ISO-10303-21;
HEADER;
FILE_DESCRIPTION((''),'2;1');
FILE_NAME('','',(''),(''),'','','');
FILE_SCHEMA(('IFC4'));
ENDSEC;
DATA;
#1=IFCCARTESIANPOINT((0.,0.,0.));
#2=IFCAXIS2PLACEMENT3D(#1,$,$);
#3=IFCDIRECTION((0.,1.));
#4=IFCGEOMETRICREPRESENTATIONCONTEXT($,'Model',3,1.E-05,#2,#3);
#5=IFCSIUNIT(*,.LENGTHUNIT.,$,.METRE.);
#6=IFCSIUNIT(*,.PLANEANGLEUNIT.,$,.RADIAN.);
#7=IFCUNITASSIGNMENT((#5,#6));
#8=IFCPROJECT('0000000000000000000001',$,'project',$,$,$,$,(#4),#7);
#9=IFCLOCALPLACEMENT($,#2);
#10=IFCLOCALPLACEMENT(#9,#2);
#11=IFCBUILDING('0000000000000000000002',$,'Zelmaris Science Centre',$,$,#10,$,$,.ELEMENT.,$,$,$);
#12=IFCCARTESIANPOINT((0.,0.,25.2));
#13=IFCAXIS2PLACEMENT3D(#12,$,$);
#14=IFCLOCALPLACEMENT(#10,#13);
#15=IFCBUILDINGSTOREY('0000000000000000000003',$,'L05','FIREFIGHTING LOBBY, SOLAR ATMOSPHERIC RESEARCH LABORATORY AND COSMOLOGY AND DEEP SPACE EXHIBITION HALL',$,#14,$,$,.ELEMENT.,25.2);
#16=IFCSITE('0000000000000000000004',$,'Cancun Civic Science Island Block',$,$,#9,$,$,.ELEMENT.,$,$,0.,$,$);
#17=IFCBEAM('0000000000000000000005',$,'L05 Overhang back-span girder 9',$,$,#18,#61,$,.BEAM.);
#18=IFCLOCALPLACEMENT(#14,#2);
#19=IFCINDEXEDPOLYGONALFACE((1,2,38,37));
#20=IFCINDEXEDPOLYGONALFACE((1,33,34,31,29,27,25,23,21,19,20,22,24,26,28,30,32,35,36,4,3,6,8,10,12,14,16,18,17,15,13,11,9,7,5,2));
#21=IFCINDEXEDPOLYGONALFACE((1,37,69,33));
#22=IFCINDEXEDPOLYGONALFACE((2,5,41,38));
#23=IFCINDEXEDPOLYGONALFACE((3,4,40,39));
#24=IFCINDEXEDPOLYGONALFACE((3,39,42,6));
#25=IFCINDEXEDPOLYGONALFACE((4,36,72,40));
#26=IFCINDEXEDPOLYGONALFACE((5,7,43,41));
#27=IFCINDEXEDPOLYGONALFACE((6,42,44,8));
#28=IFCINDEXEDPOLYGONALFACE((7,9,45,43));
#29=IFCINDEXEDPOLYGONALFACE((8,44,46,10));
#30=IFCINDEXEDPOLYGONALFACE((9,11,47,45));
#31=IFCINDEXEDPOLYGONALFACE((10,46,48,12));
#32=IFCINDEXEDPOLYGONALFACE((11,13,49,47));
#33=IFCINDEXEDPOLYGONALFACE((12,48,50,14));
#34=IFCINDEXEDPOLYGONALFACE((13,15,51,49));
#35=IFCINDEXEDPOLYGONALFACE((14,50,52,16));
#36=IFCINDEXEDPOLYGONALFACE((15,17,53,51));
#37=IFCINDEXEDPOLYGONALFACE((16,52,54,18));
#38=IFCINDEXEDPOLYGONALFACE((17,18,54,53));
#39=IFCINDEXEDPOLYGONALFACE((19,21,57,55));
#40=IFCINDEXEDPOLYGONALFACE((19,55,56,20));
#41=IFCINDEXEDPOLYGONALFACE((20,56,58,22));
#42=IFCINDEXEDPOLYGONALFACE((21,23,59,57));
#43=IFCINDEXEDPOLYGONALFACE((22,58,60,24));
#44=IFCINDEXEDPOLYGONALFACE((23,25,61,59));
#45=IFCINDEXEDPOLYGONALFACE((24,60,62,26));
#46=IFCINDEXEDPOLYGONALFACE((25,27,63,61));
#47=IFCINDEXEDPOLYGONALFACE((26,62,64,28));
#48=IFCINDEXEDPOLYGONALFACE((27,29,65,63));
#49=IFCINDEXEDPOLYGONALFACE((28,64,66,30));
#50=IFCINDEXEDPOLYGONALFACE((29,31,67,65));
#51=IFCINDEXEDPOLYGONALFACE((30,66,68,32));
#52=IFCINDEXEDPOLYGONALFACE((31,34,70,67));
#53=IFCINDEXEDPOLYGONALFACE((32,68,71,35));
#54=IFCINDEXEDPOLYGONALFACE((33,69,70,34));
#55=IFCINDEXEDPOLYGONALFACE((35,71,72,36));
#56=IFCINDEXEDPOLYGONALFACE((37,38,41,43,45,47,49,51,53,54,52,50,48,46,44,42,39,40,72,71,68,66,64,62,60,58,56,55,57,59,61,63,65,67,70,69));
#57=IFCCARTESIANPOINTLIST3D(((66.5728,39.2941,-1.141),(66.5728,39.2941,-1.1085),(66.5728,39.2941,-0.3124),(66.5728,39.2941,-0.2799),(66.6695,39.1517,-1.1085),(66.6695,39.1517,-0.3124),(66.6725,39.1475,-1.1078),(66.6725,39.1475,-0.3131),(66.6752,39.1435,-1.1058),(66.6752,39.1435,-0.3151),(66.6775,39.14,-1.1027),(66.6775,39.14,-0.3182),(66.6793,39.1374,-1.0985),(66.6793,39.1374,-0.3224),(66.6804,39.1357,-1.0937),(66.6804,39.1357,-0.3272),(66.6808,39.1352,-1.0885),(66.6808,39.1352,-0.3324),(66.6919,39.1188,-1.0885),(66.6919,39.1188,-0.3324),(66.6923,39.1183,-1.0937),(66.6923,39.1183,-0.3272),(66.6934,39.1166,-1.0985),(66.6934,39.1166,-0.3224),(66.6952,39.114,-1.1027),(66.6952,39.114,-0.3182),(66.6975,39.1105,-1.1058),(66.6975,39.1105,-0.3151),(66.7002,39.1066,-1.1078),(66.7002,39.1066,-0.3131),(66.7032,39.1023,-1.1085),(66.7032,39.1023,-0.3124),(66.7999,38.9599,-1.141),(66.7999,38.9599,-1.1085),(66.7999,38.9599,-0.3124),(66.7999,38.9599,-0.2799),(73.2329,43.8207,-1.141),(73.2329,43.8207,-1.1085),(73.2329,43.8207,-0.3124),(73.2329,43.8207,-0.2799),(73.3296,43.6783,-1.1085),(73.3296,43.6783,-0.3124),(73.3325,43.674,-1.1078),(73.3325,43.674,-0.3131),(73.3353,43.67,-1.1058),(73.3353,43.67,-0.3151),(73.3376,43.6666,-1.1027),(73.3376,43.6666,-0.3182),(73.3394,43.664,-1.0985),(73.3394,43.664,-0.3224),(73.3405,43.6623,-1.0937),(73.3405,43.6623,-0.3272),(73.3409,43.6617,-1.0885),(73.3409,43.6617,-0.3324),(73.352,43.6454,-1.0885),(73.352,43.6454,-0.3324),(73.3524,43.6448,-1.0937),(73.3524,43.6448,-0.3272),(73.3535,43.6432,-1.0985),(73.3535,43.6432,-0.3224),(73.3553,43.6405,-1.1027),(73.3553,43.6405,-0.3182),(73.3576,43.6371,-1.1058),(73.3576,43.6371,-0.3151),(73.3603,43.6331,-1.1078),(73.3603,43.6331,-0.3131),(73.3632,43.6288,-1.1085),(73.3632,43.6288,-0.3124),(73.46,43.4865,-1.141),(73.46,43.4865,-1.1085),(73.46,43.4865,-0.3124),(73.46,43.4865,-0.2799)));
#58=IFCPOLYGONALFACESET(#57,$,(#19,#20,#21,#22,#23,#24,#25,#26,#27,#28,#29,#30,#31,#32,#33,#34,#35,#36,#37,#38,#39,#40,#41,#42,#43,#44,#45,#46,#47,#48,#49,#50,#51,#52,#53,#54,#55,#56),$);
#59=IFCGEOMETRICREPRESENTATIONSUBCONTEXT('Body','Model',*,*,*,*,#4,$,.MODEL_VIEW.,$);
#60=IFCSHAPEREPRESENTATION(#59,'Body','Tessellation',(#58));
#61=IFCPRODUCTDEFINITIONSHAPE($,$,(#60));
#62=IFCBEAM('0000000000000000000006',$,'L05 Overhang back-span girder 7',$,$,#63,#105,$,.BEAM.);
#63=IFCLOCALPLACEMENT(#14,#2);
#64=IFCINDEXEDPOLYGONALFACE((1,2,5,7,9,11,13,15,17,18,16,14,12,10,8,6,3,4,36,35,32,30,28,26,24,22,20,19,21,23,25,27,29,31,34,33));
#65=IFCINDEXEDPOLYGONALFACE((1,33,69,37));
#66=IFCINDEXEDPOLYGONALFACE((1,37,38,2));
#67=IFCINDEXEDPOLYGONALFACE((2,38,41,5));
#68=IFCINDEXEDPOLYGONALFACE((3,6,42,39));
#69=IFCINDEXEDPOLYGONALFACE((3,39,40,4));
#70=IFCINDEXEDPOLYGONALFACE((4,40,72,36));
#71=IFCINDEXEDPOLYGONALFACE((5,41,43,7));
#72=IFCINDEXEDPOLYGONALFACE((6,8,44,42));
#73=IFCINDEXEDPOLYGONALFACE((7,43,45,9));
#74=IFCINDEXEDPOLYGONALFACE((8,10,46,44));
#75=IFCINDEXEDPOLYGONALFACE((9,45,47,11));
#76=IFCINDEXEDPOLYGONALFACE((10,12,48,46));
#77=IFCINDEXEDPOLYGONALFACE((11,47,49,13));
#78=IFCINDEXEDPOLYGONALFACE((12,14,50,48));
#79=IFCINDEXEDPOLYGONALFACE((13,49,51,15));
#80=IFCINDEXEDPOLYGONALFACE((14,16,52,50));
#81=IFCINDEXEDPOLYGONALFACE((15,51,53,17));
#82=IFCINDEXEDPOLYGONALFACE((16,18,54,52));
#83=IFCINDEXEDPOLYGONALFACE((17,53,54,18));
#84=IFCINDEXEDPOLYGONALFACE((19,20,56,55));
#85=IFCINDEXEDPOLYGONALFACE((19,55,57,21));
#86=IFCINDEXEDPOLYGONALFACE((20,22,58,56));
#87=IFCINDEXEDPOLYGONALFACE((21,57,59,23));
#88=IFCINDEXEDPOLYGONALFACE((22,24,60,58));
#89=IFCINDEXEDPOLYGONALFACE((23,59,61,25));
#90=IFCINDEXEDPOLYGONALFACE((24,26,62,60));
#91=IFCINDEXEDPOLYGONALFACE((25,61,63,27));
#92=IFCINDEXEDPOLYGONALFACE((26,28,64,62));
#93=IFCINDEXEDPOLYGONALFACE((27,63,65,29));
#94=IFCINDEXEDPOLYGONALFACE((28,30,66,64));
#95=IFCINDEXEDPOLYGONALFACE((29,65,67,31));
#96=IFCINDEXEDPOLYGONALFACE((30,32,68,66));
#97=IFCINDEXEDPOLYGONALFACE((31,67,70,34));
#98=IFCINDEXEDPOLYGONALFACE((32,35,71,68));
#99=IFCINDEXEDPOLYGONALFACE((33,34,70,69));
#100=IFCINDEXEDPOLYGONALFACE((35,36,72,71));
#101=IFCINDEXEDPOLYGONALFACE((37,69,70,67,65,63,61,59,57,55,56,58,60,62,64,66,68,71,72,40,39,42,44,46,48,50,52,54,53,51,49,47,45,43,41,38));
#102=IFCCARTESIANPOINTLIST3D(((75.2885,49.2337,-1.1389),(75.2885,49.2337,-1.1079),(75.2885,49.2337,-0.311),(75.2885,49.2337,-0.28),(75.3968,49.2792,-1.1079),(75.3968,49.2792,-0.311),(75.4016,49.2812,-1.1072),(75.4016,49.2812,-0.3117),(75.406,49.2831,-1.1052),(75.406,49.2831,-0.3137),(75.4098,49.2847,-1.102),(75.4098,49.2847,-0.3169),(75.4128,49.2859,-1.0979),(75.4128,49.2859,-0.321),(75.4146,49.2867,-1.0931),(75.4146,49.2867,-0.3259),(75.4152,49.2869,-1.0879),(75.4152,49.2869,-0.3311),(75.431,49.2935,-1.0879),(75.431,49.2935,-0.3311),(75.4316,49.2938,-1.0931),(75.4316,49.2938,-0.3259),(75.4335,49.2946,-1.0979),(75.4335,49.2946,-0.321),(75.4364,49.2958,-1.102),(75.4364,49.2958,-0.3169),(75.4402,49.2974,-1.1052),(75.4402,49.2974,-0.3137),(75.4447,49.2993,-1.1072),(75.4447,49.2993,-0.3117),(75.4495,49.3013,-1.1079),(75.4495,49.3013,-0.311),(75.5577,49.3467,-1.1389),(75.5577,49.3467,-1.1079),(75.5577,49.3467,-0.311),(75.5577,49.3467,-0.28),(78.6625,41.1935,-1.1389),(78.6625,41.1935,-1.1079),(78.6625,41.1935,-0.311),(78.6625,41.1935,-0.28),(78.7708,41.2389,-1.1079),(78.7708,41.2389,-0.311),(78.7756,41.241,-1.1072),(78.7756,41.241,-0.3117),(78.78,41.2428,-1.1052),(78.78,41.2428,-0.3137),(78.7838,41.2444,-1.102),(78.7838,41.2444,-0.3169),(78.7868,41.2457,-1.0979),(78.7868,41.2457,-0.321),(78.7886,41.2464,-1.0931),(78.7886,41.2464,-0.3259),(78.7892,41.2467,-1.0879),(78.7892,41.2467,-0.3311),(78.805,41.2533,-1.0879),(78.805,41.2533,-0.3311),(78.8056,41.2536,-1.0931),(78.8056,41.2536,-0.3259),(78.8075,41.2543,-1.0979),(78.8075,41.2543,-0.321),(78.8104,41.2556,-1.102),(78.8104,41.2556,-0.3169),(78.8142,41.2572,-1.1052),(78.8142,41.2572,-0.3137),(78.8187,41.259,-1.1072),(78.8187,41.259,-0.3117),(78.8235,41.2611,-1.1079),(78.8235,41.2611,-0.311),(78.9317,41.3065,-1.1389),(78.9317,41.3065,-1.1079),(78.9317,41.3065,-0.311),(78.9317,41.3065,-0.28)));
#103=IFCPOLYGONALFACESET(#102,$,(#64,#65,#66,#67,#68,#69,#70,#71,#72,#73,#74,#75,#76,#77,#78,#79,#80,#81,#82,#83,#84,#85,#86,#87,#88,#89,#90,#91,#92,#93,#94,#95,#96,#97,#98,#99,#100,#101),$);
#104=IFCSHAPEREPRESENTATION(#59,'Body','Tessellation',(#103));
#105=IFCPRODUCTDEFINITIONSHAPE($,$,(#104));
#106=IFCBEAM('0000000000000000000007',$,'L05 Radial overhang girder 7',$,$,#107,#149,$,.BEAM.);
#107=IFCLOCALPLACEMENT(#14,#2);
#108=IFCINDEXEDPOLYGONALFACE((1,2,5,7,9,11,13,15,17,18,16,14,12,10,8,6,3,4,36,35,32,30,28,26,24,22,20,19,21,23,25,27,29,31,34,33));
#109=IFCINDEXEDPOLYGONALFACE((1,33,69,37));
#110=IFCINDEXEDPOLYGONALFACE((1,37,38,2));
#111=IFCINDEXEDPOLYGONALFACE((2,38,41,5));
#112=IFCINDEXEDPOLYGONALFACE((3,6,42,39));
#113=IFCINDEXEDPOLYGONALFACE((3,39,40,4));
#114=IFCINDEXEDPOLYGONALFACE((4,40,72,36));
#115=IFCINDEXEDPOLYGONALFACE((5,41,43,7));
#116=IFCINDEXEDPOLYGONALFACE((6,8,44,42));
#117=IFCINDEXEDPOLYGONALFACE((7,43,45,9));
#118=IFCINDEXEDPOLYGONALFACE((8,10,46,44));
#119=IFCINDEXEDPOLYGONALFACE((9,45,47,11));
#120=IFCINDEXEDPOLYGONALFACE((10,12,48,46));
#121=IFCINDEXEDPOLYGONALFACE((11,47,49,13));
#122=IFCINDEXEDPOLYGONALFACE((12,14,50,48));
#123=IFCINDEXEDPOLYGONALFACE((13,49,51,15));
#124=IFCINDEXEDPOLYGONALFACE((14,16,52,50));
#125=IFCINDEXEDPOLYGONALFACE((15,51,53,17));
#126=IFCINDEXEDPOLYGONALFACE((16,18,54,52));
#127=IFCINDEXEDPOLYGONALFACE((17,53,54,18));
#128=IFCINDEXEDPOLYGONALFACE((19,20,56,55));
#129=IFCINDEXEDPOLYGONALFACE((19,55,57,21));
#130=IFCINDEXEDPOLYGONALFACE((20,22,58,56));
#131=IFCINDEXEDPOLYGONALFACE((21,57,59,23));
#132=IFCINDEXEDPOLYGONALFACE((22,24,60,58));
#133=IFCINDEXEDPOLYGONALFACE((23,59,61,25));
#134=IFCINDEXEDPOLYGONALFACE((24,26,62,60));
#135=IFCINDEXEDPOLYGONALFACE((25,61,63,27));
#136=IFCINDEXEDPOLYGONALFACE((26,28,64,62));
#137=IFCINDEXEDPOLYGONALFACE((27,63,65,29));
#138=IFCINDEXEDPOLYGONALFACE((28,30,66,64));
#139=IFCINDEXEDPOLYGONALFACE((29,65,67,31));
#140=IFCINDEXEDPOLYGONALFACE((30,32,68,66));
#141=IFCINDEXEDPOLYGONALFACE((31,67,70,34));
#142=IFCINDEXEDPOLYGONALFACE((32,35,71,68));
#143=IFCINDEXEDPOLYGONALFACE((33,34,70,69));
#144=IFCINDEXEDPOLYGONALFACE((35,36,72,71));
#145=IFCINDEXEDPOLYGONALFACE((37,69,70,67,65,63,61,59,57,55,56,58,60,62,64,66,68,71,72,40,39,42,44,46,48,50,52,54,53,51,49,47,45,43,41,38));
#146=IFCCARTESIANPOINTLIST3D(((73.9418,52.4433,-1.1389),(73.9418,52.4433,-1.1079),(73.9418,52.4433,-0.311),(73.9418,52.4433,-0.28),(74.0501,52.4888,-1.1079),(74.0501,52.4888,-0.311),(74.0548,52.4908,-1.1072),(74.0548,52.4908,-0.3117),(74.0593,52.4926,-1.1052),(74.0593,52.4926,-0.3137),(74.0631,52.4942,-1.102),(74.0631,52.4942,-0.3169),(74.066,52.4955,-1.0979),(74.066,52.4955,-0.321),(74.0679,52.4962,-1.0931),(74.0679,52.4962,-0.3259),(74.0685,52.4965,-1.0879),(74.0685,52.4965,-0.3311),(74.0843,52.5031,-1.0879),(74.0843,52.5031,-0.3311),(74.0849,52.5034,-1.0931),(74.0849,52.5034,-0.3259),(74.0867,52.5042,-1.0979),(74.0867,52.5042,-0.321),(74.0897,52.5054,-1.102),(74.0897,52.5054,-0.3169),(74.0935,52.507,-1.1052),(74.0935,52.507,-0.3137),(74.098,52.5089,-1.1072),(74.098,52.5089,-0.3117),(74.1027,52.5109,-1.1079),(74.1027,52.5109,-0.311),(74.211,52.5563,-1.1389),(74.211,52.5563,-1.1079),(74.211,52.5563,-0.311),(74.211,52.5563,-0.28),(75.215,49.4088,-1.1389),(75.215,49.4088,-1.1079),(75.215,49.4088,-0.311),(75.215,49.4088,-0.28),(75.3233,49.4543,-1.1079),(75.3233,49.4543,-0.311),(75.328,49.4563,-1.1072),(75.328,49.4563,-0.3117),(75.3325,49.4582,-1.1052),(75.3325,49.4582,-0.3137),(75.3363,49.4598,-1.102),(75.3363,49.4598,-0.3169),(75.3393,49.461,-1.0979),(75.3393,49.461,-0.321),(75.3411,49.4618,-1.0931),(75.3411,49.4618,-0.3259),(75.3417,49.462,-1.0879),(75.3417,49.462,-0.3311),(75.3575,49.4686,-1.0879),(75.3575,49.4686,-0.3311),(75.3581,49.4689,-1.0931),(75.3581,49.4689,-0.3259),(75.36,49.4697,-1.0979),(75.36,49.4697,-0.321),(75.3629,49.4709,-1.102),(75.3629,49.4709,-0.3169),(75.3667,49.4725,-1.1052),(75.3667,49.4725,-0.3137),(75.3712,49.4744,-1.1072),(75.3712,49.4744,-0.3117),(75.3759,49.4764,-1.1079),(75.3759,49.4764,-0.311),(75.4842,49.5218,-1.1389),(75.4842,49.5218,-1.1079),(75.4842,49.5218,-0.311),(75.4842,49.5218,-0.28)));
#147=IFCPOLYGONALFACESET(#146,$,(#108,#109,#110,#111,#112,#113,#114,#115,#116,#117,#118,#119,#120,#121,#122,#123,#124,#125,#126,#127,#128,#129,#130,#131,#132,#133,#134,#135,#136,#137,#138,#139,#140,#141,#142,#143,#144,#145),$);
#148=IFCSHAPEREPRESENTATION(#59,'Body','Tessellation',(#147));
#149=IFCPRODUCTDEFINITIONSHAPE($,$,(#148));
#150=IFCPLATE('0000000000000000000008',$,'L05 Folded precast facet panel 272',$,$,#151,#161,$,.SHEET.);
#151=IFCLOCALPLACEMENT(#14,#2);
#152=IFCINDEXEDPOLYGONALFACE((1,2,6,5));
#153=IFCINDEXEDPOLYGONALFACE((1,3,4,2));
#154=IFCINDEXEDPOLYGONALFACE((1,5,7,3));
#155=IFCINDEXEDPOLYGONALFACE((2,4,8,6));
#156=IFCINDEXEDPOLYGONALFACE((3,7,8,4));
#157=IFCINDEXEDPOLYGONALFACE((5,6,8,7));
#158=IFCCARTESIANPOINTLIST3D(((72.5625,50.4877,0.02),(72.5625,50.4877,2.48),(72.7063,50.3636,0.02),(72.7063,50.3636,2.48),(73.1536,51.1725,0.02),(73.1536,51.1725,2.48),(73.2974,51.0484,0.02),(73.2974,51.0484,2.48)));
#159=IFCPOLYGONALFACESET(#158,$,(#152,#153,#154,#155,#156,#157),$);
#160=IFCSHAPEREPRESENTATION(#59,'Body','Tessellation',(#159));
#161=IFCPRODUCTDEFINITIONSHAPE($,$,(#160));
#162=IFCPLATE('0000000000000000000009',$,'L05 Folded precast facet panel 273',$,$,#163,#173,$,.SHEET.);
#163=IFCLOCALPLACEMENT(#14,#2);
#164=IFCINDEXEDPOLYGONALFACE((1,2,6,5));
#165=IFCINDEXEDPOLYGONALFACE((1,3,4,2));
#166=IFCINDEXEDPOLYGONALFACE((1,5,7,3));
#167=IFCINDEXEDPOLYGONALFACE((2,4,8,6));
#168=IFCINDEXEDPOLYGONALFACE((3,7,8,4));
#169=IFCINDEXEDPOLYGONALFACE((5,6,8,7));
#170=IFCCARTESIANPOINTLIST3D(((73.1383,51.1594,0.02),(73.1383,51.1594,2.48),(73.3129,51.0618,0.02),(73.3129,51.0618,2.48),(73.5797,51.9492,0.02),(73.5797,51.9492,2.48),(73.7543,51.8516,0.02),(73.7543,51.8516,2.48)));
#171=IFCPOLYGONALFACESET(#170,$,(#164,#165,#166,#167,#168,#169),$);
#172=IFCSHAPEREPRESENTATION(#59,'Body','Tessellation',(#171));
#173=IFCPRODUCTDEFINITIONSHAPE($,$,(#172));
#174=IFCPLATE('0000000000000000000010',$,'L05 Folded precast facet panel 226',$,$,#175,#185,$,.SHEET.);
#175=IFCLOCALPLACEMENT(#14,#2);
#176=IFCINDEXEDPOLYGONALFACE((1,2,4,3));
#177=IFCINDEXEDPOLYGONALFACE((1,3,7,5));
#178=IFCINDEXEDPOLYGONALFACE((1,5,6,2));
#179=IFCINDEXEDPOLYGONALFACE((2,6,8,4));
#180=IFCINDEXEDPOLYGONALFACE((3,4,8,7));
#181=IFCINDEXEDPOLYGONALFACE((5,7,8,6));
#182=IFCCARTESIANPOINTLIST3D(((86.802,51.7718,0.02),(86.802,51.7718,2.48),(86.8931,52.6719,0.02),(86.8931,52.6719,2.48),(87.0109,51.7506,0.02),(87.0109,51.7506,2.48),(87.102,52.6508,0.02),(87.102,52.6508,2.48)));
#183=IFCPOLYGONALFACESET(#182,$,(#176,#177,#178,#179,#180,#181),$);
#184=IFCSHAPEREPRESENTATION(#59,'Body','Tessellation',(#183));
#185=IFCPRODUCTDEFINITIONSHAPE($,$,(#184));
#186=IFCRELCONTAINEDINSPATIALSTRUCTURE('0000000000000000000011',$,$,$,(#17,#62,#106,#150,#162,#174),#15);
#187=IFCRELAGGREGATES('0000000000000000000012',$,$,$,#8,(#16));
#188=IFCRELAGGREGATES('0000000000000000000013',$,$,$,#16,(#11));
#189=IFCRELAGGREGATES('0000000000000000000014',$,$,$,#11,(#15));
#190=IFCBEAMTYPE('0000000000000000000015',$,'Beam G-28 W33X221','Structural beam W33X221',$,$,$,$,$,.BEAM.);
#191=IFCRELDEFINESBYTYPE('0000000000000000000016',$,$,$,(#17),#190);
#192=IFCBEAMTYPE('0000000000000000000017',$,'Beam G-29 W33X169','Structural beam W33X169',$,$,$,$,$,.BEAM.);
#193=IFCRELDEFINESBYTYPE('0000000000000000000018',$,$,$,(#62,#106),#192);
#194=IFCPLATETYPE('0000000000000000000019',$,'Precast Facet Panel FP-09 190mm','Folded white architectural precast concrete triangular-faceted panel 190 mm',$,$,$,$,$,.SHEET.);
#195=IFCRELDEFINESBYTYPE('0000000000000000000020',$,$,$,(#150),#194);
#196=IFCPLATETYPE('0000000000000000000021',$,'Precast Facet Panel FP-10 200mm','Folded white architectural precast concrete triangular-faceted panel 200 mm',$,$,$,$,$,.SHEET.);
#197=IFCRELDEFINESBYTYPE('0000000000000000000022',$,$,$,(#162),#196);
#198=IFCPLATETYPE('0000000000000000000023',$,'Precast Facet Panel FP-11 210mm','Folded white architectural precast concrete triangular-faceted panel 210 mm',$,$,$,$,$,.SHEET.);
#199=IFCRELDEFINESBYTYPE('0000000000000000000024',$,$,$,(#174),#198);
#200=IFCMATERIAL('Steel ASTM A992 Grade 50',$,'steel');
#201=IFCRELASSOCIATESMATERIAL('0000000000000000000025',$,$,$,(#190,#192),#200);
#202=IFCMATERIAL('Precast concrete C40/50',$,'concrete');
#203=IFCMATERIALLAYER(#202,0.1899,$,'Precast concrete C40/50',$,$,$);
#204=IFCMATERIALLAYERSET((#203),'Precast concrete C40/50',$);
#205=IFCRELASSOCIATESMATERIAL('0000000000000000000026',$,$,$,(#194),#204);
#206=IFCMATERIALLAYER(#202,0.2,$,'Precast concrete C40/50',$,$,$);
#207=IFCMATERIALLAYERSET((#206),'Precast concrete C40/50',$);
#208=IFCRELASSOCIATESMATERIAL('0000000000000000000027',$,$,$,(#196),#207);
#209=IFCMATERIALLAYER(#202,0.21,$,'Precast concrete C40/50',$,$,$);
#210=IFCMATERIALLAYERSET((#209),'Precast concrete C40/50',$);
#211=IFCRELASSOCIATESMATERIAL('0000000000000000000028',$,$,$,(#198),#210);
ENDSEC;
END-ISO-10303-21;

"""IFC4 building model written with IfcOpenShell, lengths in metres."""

from ifc_helpers import new_model, si_unit, direction, frame, frame_2d, origin, origin_2d, place, context, subcontext, project, spatial, rectangle, i_section, extrude, material, layer, layer_set, material_profile, profile_set, type_object, element, save


model = new_model("IFC4")

# Units and contexts
model_context = context("Model", 3, precision=1e-05, world=origin(), true_north=direction((0.0, 1.0)))
body_context = subcontext(model_context, "Body", "Model", "MODEL_VIEW")
ifc_project = project(units=[si_unit("LENGTHUNIT", "METRE"), si_unit("PLANEANGLEUNIT", "RADIAN")], contexts=[model_context])

# Site, building, storey
site_placement = place(None, origin())
site = spatial("IfcSite", under=ifc_project, at=site_placement, Name="Cancun Civic Science Island Block", CompositionType="ELEMENT", RefElevation=0.0)
building_placement = place(site_placement, origin())
building = spatial("IfcBuilding", under=site, at=building_placement, Name="Zelmaris Science Centre", CompositionType="ELEMENT")
storey_placement = place(building_placement, frame((0.0, 0.0, 25.2)))
storey = spatial("IfcBuildingStorey", under=building, at=storey_placement, Name="L05", Description="FIREFIGHTING LOBBY, SOLAR ATMOSPHERIC RESEARCH LABORATORY AND COSMOLOGY AND DEEP SPACE EXHIBITION HALL", CompositionType="ELEMENT", Elevation=25.2)

# Shared definitions
ifc_material_1 = material(Name="Steel ASTM A992 Grade 50", Category="steel")

# Beams
ifc_material_profile_1 = material_profile(ifc_material_1, i_section(OverallWidth=0.4041, OverallDepth=0.8611, WebThickness=0.0198, FlangeThickness=0.0325, FilletRadius=0.02, at=origin_2d()), Name="W33X221")
ifc_profile_set_1 = profile_set([ifc_material_profile_1], Name="Steel ASTM A992 Grade 50")
beam_type_1 = type_object("IfcBeamType", Name="Beam G-28 W33X221", Description="Structural beam W33X221", PredefinedType="BEAM", material=ifc_profile_set_1)
beam_1_placement = place(storey_placement, frame((73.3464, 43.6536, -0.7104), z_axis=(-0.827059, -0.562115, 0.0), x_axis=(0.562115, -0.827059, 0.0)))
element("IfcBeam", 1, at=beam_1_placement, inside=storey, type_object=beam_type_1, Name="L05 Overhang back-span girder 9", PredefinedType="BEAM", context=body_context, shape_type="SweptSolid", body=[
    extrude(i_section(OverallWidth=0.4041, OverallDepth=0.8611, WebThickness=0.0198, FlangeThickness=0.0325, FilletRadius=0.02, at=origin_2d()), origin(), (0.0, 0.0, 1.0), 8.0527),
])
ifc_material_profile_2 = material_profile(ifc_material_1, i_section(OverallWidth=0.292, OverallDepth=0.8589, WebThickness=0.0171, FlangeThickness=0.031, FilletRadius=0.02, at=origin_2d()), Name="W33X169")
ifc_profile_set_2 = profile_set([ifc_material_profile_2], Name="Steel ASTM A992 Grade 50")
beam_type_2 = type_object("IfcBeamType", Name="Beam G-29 W33X169", Description="Structural beam W33X169", PredefinedType="BEAM", material=ifc_profile_set_2)
beam_2_placement = place(storey_placement, frame((78.7971, 41.25, -0.7095), z_axis=(-0.38695, 0.922101, 0.0), x_axis=(-0.922101, -0.38695, 0.0)))
element("IfcBeam", 2, at=beam_2_placement, inside=storey, type_object=beam_type_2, Name="L05 Overhang back-span girder 7", PredefinedType="BEAM", context=body_context, shape_type="SweptSolid", body=[
    extrude(i_section(OverallWidth=0.292, OverallDepth=0.8589, WebThickness=0.0171, FlangeThickness=0.031, FilletRadius=0.02, at=origin_2d()), origin(), (0.0, 0.0, 1.0), 8.7195),
])
beam_3_placement = place(storey_placement, frame((75.3496, 49.4653, -0.7095), z_axis=(-0.386906, 0.922119, 0.0), x_axis=(-0.922119, -0.386906, 0.0)))
element("IfcBeam", 3, at=beam_3_placement, inside=storey, type_object=beam_type_2, Name="L05 Radial overhang girder 7", PredefinedType="BEAM", context=body_context, shape_type="SweptSolid", body=[
    extrude(i_section(OverallWidth=0.292, OverallDepth=0.8589, WebThickness=0.0171, FlangeThickness=0.031, FilletRadius=0.02, at=origin_2d()), origin(), (0.0, 0.0, 1.0), 3.2908),
])

# Plates
ifc_material_2 = material(Name="Precast concrete C40/50", Category="concrete")
ifc_layer_1 = layer(ifc_material_2, 0.1899, Name="Precast concrete C40/50")
ifc_layer_set_1 = layer_set([ifc_layer_1], Name="Precast concrete C40/50")
plate_type_1 = type_object("IfcPlateType", Name="Precast Facet Panel FP-09 190mm", Description="Folded white architectural precast concrete triangular-faceted panel 190 mm", PredefinedType="SHEET", material=ifc_layer_set_1)
plate_1_placement = place(storey_placement, frame((72.6345, 50.4258, 0.02), z_axis=(0.0, 0.0, 1.0), x_axis=(0.653388, 0.757023, 0.0)))
element("IfcPlate", 4, at=plate_1_placement, inside=storey, type_object=plate_type_1, Name="L05 Folded precast facet panel 272", PredefinedType="SHEET", context=body_context, shape_type="SweptSolid", body=[
    extrude(rectangle(XDim=0.9045, YDim=0.1899, at=frame_2d((0.4521, 0.0))), origin(), (0.0, 0.0, 1.0), 2.46),
])
ifc_layer_2 = layer(ifc_material_2, 0.2, Name="Precast concrete C40/50")
ifc_layer_set_2 = layer_set([ifc_layer_2], Name="Precast concrete C40/50")
plate_type_2 = type_object("IfcPlateType", Name="Precast Facet Panel FP-10 200mm", Description="Folded white architectural precast concrete triangular-faceted panel 200 mm", PredefinedType="SHEET", material=ifc_layer_set_2)
plate_2_placement = place(storey_placement, frame((73.2256, 51.1106, 0.02), z_axis=(0.0, 0.0, 1.0), x_axis=(0.487864, 0.87292, 0.0)))
element("IfcPlate", 5, at=plate_2_placement, inside=storey, type_object=plate_type_2, Name="L05 Folded precast facet panel 273", PredefinedType="SHEET", context=body_context, shape_type="SweptSolid", body=[
    extrude(rectangle(XDim=0.9048, YDim=0.2, at=frame_2d((0.4524, 0.0))), origin(), (0.0, 0.0, 1.0), 2.46),
])
ifc_layer_3 = layer(ifc_material_2, 0.21, Name="Precast concrete C40/50")
ifc_layer_set_3 = layer_set([ifc_layer_3], Name="Precast concrete C40/50")
plate_type_3 = type_object("IfcPlateType", Name="Precast Facet Panel FP-11 210mm", Description="Folded white architectural precast concrete triangular-faceted panel 210 mm", PredefinedType="SHEET", material=ifc_layer_set_3)
plate_3_placement = place(storey_placement, frame((86.9976, 52.6614, 0.02), z_axis=(0.0, 0.0, 1.0), x_axis=(-0.100653, -0.994922, 0.0)))
element("IfcPlate", 6, at=plate_3_placement, inside=storey, type_object=plate_type_3, Name="L05 Folded precast facet panel 226", PredefinedType="SHEET", context=body_context, shape_type="SweptSolid", body=[
    extrude(rectangle(XDim=0.9048, YDim=0.21, at=frame_2d((0.4524, 0.0))), origin(), (0.0, 0.0, 1.0), 2.46),
])

save(model, "model.ifc")
